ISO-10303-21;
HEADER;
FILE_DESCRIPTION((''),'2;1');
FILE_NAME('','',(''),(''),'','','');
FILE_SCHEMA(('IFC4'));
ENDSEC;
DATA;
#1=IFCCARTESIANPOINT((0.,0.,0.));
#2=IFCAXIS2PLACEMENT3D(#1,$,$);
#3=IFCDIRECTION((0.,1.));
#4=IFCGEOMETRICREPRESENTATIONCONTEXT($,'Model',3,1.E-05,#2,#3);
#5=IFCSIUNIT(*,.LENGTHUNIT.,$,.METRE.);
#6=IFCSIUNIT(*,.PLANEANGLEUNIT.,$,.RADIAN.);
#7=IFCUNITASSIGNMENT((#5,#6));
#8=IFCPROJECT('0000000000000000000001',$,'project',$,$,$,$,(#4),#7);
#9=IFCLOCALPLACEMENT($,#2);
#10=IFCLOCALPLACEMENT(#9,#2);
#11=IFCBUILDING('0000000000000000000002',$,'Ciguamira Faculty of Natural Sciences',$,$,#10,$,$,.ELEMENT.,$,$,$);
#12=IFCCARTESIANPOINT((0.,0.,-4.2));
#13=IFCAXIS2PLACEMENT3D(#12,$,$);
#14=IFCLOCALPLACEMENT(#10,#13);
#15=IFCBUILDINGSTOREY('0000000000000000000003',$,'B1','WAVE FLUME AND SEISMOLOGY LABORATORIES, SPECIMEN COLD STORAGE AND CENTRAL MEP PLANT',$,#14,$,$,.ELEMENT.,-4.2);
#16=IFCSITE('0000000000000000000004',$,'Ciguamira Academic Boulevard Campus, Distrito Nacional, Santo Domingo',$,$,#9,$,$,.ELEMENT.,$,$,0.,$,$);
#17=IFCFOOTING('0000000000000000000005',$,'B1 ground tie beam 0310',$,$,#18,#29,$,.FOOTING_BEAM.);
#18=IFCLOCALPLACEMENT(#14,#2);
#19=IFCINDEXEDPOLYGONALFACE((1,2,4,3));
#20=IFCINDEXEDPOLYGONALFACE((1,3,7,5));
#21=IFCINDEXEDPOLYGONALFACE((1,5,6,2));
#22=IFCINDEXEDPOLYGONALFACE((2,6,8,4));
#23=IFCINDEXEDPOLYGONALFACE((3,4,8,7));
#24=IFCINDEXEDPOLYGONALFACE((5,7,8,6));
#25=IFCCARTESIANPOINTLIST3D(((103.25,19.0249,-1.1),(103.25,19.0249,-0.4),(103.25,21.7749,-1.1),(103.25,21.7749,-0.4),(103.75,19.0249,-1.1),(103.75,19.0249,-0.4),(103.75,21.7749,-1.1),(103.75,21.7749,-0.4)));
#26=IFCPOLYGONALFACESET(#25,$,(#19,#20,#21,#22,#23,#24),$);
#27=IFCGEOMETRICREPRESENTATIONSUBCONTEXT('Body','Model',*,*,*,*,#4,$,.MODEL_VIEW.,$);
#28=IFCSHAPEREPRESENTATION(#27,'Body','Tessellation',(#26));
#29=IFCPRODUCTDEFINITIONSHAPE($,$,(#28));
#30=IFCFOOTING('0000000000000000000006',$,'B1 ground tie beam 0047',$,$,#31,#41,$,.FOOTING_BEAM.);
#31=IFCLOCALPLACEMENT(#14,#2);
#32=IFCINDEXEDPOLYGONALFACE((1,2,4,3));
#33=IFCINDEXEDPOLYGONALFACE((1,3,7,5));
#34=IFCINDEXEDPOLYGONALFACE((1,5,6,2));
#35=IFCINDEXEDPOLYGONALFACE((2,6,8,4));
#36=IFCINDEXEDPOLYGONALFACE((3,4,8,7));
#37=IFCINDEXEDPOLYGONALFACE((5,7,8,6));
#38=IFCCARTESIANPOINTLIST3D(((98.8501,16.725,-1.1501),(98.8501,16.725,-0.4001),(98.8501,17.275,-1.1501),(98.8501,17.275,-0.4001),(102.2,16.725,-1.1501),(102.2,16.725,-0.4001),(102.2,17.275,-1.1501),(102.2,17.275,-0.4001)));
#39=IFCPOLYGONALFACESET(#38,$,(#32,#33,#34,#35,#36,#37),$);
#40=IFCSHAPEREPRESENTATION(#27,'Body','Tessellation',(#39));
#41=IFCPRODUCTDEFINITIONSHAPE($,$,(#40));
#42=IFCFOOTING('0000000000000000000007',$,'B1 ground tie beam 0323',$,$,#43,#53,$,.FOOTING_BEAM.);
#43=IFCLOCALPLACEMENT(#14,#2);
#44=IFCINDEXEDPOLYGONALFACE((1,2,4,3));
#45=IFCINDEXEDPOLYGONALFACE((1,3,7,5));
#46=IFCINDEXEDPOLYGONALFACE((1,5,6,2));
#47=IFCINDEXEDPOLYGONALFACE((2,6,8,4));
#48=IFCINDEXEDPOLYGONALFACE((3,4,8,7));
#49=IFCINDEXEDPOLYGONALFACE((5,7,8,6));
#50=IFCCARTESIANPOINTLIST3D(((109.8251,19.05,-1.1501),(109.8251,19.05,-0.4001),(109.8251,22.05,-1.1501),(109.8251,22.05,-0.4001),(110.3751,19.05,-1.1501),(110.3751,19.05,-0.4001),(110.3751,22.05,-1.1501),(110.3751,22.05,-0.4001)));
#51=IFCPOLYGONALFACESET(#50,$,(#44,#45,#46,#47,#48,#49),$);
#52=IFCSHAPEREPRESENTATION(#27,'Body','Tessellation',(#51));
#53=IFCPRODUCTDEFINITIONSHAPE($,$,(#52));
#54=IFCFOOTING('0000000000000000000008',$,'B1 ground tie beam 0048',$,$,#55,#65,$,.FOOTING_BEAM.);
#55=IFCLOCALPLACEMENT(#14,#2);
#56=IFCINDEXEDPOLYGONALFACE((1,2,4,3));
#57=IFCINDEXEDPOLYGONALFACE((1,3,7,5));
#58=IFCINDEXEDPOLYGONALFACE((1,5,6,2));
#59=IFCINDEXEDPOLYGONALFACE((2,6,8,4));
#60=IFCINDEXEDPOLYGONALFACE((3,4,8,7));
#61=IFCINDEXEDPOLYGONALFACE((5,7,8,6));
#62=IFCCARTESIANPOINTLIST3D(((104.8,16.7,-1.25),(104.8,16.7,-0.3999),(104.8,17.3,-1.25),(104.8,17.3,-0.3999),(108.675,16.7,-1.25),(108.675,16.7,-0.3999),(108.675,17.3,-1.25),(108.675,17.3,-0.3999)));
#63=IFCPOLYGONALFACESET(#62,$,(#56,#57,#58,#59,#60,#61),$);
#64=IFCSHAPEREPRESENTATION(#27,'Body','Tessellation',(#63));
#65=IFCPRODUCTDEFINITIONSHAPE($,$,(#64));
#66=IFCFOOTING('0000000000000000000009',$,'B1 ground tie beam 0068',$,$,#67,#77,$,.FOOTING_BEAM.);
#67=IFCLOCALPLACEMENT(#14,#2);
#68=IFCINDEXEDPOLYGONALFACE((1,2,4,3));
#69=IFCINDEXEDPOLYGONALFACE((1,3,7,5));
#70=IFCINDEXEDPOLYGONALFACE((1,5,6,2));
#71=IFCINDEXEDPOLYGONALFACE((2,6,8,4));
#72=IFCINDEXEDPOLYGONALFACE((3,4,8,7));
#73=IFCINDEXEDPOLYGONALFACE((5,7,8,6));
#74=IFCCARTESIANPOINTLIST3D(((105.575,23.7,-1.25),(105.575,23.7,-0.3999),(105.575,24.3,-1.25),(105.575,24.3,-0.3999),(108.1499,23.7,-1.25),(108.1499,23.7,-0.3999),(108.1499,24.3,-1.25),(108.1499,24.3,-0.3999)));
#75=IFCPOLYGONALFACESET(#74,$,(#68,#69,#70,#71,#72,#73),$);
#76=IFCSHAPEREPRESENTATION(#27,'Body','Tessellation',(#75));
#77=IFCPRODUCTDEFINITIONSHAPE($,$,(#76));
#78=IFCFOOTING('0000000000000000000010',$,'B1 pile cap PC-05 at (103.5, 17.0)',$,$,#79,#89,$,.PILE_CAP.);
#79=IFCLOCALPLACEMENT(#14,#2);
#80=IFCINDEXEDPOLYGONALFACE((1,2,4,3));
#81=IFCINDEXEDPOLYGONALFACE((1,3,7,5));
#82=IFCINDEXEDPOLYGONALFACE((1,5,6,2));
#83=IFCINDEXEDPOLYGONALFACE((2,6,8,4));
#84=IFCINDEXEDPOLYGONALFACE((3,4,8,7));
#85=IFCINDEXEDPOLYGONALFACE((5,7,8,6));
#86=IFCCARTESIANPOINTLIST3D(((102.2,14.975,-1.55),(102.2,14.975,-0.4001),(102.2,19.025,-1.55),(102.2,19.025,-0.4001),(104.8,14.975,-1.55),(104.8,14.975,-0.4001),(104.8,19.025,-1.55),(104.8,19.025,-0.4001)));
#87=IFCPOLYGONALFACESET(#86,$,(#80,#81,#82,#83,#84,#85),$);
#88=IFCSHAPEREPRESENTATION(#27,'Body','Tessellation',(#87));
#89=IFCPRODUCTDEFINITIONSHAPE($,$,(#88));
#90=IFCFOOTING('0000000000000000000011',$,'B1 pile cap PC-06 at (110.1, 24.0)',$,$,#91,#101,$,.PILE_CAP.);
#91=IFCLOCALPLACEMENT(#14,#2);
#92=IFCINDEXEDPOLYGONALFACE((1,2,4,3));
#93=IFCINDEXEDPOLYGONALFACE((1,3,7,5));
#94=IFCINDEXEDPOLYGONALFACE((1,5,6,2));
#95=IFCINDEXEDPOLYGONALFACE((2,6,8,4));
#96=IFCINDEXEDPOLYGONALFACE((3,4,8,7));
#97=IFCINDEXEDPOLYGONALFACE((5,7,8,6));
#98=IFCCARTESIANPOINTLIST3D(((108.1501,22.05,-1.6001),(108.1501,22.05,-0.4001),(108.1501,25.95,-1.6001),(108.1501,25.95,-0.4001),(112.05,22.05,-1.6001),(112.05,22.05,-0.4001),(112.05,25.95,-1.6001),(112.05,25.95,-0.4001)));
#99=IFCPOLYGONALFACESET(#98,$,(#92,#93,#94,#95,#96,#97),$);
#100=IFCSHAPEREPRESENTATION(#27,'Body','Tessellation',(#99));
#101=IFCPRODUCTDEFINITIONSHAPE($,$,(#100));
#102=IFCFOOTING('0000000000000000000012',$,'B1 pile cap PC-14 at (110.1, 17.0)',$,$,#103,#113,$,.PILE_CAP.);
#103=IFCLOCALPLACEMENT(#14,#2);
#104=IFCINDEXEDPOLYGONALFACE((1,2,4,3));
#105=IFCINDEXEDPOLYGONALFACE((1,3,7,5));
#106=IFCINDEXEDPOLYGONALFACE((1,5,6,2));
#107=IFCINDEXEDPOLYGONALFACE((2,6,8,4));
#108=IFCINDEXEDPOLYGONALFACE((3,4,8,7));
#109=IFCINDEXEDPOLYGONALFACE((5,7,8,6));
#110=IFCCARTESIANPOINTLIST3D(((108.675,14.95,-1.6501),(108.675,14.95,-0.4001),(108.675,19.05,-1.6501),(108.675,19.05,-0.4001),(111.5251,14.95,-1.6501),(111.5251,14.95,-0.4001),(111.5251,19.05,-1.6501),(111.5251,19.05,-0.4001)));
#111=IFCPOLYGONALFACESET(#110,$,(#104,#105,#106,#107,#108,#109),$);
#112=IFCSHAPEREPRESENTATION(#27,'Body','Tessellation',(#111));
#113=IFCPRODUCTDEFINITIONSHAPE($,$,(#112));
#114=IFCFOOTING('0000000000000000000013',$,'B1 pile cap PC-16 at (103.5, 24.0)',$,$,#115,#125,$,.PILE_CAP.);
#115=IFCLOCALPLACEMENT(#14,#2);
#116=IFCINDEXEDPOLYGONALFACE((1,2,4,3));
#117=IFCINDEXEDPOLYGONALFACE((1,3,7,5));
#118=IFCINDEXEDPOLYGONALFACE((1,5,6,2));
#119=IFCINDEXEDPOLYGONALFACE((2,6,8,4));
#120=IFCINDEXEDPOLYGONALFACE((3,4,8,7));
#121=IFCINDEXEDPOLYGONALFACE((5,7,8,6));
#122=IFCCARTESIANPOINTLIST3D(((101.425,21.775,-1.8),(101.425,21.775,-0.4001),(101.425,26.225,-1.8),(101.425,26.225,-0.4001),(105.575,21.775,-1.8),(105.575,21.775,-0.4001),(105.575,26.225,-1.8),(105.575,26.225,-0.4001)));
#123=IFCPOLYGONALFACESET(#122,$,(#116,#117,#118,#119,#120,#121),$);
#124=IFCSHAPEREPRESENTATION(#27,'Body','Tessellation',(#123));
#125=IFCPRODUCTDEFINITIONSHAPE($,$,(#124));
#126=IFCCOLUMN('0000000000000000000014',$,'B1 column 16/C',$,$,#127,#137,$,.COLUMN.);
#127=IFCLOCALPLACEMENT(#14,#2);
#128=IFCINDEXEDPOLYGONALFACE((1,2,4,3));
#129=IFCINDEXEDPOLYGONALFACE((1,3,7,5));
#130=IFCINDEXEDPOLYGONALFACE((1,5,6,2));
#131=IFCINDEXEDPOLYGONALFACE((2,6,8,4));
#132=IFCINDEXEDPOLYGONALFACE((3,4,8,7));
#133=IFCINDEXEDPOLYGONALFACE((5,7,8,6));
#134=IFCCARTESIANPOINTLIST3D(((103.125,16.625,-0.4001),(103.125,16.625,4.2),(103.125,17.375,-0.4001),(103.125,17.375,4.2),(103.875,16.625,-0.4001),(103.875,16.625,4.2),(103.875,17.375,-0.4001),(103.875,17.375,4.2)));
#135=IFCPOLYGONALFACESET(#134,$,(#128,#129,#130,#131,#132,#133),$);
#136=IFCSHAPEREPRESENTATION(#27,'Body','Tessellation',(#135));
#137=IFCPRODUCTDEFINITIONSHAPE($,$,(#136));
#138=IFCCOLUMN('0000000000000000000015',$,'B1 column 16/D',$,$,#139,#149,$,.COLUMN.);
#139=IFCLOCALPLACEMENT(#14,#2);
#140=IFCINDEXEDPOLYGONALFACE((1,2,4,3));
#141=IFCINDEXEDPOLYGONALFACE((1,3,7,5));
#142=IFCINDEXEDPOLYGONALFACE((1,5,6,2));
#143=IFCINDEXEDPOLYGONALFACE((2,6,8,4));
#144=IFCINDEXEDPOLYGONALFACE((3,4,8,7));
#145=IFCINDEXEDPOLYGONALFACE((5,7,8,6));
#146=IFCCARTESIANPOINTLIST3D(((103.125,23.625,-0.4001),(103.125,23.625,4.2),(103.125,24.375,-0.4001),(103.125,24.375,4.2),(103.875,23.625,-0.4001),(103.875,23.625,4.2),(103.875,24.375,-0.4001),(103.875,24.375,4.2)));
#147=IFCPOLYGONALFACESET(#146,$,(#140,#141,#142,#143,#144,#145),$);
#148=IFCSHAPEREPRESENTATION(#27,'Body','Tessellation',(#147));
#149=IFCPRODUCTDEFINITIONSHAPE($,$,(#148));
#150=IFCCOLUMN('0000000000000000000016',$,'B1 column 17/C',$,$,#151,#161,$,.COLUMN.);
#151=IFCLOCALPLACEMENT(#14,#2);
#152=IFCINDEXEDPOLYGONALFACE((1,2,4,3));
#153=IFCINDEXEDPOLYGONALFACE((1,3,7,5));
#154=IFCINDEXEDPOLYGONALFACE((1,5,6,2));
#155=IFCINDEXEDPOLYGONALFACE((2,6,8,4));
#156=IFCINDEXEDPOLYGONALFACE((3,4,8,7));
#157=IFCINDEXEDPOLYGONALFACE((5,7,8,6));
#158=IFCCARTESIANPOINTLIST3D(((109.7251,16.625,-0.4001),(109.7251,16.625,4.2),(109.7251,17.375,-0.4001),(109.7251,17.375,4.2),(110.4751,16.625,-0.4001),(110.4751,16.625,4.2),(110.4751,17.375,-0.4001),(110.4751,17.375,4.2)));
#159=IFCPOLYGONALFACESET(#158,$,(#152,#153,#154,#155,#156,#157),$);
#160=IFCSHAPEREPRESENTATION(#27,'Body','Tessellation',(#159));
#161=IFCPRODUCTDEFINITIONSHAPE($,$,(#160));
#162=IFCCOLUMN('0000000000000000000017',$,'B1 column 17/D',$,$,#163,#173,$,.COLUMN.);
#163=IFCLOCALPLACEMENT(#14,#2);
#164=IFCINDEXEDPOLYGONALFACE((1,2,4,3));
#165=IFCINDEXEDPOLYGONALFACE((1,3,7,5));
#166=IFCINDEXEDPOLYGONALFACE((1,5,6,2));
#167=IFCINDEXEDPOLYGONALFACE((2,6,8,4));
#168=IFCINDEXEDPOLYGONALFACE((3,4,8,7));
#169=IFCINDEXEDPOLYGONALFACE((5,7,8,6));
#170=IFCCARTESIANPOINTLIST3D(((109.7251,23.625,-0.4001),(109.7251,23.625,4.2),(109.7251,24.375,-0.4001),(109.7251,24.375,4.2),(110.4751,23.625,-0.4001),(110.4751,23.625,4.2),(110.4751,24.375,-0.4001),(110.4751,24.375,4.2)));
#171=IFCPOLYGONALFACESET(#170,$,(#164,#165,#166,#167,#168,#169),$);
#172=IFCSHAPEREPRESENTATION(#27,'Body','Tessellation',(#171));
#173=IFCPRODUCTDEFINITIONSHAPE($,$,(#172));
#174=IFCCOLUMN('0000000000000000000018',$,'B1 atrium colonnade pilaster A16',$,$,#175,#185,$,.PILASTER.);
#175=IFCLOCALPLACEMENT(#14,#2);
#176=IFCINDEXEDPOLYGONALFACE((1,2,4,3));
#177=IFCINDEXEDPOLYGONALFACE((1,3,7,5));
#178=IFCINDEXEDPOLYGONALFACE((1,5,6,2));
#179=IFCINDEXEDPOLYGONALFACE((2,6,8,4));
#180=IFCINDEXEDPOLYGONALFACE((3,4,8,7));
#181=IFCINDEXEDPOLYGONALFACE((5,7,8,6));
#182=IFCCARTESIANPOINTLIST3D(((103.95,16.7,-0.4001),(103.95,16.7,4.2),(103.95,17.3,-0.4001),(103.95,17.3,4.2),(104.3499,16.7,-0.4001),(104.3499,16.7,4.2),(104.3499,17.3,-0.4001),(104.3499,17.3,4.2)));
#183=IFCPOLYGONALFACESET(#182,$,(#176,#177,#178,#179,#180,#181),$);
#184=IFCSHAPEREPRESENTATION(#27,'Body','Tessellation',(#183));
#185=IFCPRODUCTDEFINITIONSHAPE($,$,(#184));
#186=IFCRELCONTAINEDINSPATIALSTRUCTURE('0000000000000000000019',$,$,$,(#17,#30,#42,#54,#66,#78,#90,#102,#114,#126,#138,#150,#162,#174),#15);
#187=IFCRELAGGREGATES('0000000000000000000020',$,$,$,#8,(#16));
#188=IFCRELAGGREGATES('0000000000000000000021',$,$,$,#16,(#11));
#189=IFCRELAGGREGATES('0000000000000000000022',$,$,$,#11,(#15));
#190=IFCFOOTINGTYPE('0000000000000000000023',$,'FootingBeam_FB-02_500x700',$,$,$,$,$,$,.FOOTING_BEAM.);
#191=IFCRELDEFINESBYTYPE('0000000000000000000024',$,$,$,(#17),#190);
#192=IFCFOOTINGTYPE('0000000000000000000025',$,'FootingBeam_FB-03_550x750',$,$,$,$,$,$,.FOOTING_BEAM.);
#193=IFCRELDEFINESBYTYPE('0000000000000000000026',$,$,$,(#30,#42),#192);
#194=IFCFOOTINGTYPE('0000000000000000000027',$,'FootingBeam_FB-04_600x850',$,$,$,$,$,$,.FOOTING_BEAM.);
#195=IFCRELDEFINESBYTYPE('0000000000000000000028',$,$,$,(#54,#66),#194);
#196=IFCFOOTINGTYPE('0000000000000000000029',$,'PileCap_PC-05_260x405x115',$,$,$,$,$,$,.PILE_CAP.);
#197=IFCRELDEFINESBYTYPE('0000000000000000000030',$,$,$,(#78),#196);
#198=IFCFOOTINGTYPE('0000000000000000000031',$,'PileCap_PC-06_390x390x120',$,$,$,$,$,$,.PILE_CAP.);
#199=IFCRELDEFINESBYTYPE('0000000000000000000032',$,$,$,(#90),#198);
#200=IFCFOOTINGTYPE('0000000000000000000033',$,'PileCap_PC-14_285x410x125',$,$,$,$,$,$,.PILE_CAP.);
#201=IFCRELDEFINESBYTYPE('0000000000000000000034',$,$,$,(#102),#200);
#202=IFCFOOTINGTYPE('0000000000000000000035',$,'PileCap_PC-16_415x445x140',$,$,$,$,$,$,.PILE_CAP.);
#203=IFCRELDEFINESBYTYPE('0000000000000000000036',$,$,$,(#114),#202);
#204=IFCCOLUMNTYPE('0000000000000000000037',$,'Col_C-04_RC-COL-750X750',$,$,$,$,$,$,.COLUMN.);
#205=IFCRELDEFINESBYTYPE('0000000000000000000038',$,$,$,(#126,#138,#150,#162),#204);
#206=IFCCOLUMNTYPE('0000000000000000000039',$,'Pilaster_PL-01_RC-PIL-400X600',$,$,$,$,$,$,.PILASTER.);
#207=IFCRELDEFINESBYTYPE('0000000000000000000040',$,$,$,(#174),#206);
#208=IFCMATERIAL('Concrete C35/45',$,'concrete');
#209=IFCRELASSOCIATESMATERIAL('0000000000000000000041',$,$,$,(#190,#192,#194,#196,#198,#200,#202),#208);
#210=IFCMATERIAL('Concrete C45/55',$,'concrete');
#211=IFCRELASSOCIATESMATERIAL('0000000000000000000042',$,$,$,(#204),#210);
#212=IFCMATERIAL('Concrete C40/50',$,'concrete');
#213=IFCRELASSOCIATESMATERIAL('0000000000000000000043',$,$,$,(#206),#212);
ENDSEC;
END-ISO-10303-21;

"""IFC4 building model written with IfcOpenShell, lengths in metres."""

from ifc_helpers import new_model, si_unit, direction, frame, origin, origin_2d, place, context, subcontext, project, spatial, rectangle, extrude, material, material_profile, profile_set, type_object, element, save


model = new_model("IFC4")

# Units and contexts
model_context = context("Model", 3, precision=1e-05, world=origin(), true_north=direction((0.0, 1.0)))
body_context = subcontext(model_context, "Body", "Model", "MODEL_VIEW")
ifc_project = project(units=[si_unit("LENGTHUNIT", "METRE"), si_unit("PLANEANGLEUNIT", "RADIAN")], contexts=[model_context])

# Site, building, storey
site_placement = place(None, origin())
site = spatial("IfcSite", under=ifc_project, at=site_placement, Name="Ciguamira Academic Boulevard Campus, Distrito Nacional, Santo Domingo", CompositionType="ELEMENT", RefElevation=0.0)
building_placement = place(site_placement, origin())
building = spatial("IfcBuilding", under=site, at=building_placement, Name="Ciguamira Faculty of Natural Sciences", CompositionType="ELEMENT")
storey_placement = place(building_placement, frame((0.0, 0.0, -4.2)))
storey = spatial("IfcBuildingStorey", under=building, at=storey_placement, Name="B1", Description="WAVE FLUME AND SEISMOLOGY LABORATORIES, SPECIMEN COLD STORAGE AND CENTRAL MEP PLANT", CompositionType="ELEMENT", Elevation=-4.2)

# Shared definitions
ifc_material_1 = material(Name="Concrete C35/45", Category="concrete")

# Footings
ifc_material_profile_1 = material_profile(ifc_material_1, rectangle(XDim=0.5, YDim=0.7, at=origin_2d()), Name="RC-FB-500X700")
ifc_profile_set_1 = profile_set([ifc_material_profile_1], Name="Concrete C35/45")
footing_type_1 = type_object("IfcFootingType", Name="FootingBeam_FB-02_500x700", PredefinedType="FOOTING_BEAM", material=ifc_profile_set_1)
footing_1_placement = place(storey_placement, frame((103.5, 19.0249, -0.75), z_axis=(0.0, 1.0, 0.0), x_axis=(-1.0, 0.0, 0.0)))
element("IfcFooting", 1, at=footing_1_placement, inside=storey, type_object=footing_type_1, Name="B1 ground tie beam 0310", PredefinedType="FOOTING_BEAM", context=body_context, shape_type="SweptSolid", body=[
    extrude(rectangle(XDim=0.5, YDim=0.7, at=origin_2d()), origin(), (0.0, 0.0, 1.0), 2.75),
])
ifc_material_profile_2 = material_profile(ifc_material_1, rectangle(XDim=0.55, YDim=0.75, at=origin_2d()), Name="RC-FB-550X750")
ifc_profile_set_2 = profile_set([ifc_material_profile_2], Name="Concrete C35/45")
footing_type_2 = type_object("IfcFootingType", Name="FootingBeam_FB-03_550x750", PredefinedType="FOOTING_BEAM", material=ifc_profile_set_2)
footing_2_placement = place(storey_placement, frame((98.8501, 17.0, -0.7751), z_axis=(1.0, 0.0, 0.0), x_axis=(0.0, 1.0, 0.0)))
element("IfcFooting", 2, at=footing_2_placement, inside=storey, type_object=footing_type_2, Name="B1 ground tie beam 0047", PredefinedType="FOOTING_BEAM", context=body_context, shape_type="SweptSolid", body=[
    extrude(rectangle(XDim=0.55, YDim=0.75, at=origin_2d()), origin(), (0.0, 0.0, 1.0), 3.3499),
])
footing_3_placement = place(storey_placement, frame((110.1001, 19.05, -0.7751), z_axis=(0.0, 1.0, 0.0), x_axis=(-1.0, 0.0, 0.0)))
element("IfcFooting", 3, at=footing_3_placement, inside=storey, type_object=footing_type_2, Name="B1 ground tie beam 0323", PredefinedType="FOOTING_BEAM", context=body_context, shape_type="SweptSolid", body=[
    extrude(rectangle(XDim=0.55, YDim=0.75, at=origin_2d()), origin(), (0.0, 0.0, 1.0), 3.0),
])
ifc_material_profile_3 = material_profile(ifc_material_1, rectangle(XDim=0.6001, YDim=0.8501, at=origin_2d()), Name="RC-FB-600X850")
ifc_profile_set_3 = profile_set([ifc_material_profile_3], Name="Concrete C35/45")
footing_type_3 = type_object("IfcFootingType", Name="FootingBeam_FB-04_600x850", PredefinedType="FOOTING_BEAM", material=ifc_profile_set_3)
footing_4_placement = place(storey_placement, frame((104.8, 17.0, -0.825), z_axis=(1.0, 0.0, 0.0), x_axis=(0.0, 1.0, 0.0)))
element("IfcFooting", 4, at=footing_4_placement, inside=storey, type_object=footing_type_3, Name="B1 ground tie beam 0048", PredefinedType="FOOTING_BEAM", context=body_context, shape_type="SweptSolid", body=[
    extrude(rectangle(XDim=0.6001, YDim=0.8501, at=origin_2d()), origin(), (0.0, 0.0, 1.0), 3.875),
])
footing_5_placement = place(storey_placement, frame((105.575, 24.0, -0.825), z_axis=(1.0, 0.0, 0.0), x_axis=(0.0, 1.0, 0.0)))
element("IfcFooting", 5, at=footing_5_placement, inside=storey, type_object=footing_type_3, Name="B1 ground tie beam 0068", PredefinedType="FOOTING_BEAM", context=body_context, shape_type="SweptSolid", body=[
    extrude(rectangle(XDim=0.6001, YDim=0.8501, at=origin_2d()), origin(), (0.0, 0.0, 1.0), 2.575),
])
footing_type_4 = type_object("IfcFootingType", Name="PileCap_PC-05_260x405x115", PredefinedType="PILE_CAP", material=ifc_material_1)
footing_6_placement = place(storey_placement, frame((103.5, 17.0, -1.55), z_axis=(0.0, 0.0, 1.0), x_axis=(1.0, 0.0, 0.0)))
element("IfcFooting", 6, at=footing_6_placement, inside=storey, type_object=footing_type_4, Name="B1 pile cap PC-05 at (103.5, 17.0)", PredefinedType="PILE_CAP", context=body_context, shape_type="SweptSolid", body=[
    extrude(rectangle(XDim=2.6001, YDim=4.05, at=origin_2d()), origin(), (0.0, 0.0, 1.0), 1.1499),
])
footing_type_5 = type_object("IfcFootingType", Name="PileCap_PC-06_390x390x120", PredefinedType="PILE_CAP", material=ifc_material_1)
footing_7_placement = place(storey_placement, frame((110.1001, 24.0, -1.6001), z_axis=(0.0, 0.0, 1.0), x_axis=(1.0, 0.0, 0.0)))
element("IfcFooting", 7, at=footing_7_placement, inside=storey, type_object=footing_type_5, Name="B1 pile cap PC-06 at (110.1, 24.0)", PredefinedType="PILE_CAP", context=body_context, shape_type="SweptSolid", body=[
    extrude(rectangle(XDim=3.8999, YDim=3.8999, at=origin_2d()), origin(), (0.0, 0.0, 1.0), 1.2),
])
footing_type_6 = type_object("IfcFootingType", Name="PileCap_PC-14_285x410x125", PredefinedType="PILE_CAP", material=ifc_material_1)
footing_8_placement = place(storey_placement, frame((110.1001, 17.0, -1.6501), z_axis=(0.0, 0.0, 1.0), x_axis=(1.0, 0.0, 0.0)))
element("IfcFooting", 8, at=footing_8_placement, inside=storey, type_object=footing_type_6, Name="B1 pile cap PC-14 at (110.1, 17.0)", PredefinedType="PILE_CAP", context=body_context, shape_type="SweptSolid", body=[
    extrude(rectangle(XDim=2.8501, YDim=4.1001, at=origin_2d()), origin(), (0.0, 0.0, 1.0), 1.25),
])
footing_type_7 = type_object("IfcFootingType", Name="PileCap_PC-16_415x445x140", PredefinedType="PILE_CAP", material=ifc_material_1)
footing_9_placement = place(storey_placement, frame((103.5, 24.0, -1.8), z_axis=(0.0, 0.0, 1.0), x_axis=(1.0, 0.0, 0.0)))
element("IfcFooting", 9, at=footing_9_placement, inside=storey, type_object=footing_type_7, Name="B1 pile cap PC-16 at (103.5, 24.0)", PredefinedType="PILE_CAP", context=body_context, shape_type="SweptSolid", body=[
    extrude(rectangle(XDim=4.1499, YDim=4.45, at=origin_2d()), origin(), (0.0, 0.0, 1.0), 1.3999),
])

# Columns
ifc_material_2 = material(Name="Concrete C45/55", Category="concrete")
ifc_material_profile_4 = material_profile(ifc_material_2, rectangle(XDim=0.75, YDim=0.75, at=origin_2d()), Name="RC-COL-750X750")
ifc_profile_set_4 = profile_set([ifc_material_profile_4], Name="Concrete C45/55")
column_type_1 = type_object("IfcColumnType", Name="Col_C-04_RC-COL-750X750", PredefinedType="COLUMN", material=ifc_profile_set_4)
for number, where, z_axis, x_axis, name in (
    (10, (103.5, 17.0, -0.4001), (0.0, 0.0, 1.0), (1.0, 0.0, 0.0), "B1 column 16/C"),
    (11, (103.5, 24.0, -0.4001), (0.0, 0.0, 1.0), (1.0, 0.0, 0.0), "B1 column 16/D"),
    (12, (110.1001, 17.0, -0.4001), (0.0, 0.0, 1.0), (1.0, 0.0, 0.0), "B1 column 17/C"),
    (13, (110.1001, 24.0, -0.4001), (0.0, 0.0, 1.0), (1.0, 0.0, 0.0), "B1 column 17/D"),
):
    element("IfcColumn", number, at=place(storey_placement, frame(where, z_axis=z_axis, x_axis=x_axis)), inside=storey, type_object=column_type_1, Name=name, PredefinedType="COLUMN", context=body_context, shape_type="SweptSolid", body=[
        extrude(rectangle(XDim=0.75, YDim=0.75, at=origin_2d()), origin(), (0.0, 0.0, 1.0), 4.6001),
    ])
ifc_material_3 = material(Name="Concrete C40/50", Category="concrete")
ifc_material_profile_5 = material_profile(ifc_material_3, rectangle(XDim=0.3999, YDim=0.6001, at=origin_2d()), Name="RC-PIL-400X600")
ifc_profile_set_5 = profile_set([ifc_material_profile_5], Name="Concrete C40/50")
column_type_2 = type_object("IfcColumnType", Name="Pilaster_PL-01_RC-PIL-400X600", PredefinedType="PILASTER", material=ifc_profile_set_5)
column_placement = place(storey_placement, frame((104.1499, 17.0, -0.4001), z_axis=(0.0, 0.0, 1.0), x_axis=(1.0, 0.0, 0.0)))
element("IfcColumn", 14, at=column_placement, inside=storey, type_object=column_type_2, Name="B1 atrium colonnade pilaster A16", PredefinedType="PILASTER", context=body_context, shape_type="SweptSolid", body=[
    extrude(rectangle(XDim=0.3999, YDim=0.6001, at=origin_2d()), origin(), (0.0, 0.0, 1.0), 4.6001),
])

save(model, "model.ifc")
